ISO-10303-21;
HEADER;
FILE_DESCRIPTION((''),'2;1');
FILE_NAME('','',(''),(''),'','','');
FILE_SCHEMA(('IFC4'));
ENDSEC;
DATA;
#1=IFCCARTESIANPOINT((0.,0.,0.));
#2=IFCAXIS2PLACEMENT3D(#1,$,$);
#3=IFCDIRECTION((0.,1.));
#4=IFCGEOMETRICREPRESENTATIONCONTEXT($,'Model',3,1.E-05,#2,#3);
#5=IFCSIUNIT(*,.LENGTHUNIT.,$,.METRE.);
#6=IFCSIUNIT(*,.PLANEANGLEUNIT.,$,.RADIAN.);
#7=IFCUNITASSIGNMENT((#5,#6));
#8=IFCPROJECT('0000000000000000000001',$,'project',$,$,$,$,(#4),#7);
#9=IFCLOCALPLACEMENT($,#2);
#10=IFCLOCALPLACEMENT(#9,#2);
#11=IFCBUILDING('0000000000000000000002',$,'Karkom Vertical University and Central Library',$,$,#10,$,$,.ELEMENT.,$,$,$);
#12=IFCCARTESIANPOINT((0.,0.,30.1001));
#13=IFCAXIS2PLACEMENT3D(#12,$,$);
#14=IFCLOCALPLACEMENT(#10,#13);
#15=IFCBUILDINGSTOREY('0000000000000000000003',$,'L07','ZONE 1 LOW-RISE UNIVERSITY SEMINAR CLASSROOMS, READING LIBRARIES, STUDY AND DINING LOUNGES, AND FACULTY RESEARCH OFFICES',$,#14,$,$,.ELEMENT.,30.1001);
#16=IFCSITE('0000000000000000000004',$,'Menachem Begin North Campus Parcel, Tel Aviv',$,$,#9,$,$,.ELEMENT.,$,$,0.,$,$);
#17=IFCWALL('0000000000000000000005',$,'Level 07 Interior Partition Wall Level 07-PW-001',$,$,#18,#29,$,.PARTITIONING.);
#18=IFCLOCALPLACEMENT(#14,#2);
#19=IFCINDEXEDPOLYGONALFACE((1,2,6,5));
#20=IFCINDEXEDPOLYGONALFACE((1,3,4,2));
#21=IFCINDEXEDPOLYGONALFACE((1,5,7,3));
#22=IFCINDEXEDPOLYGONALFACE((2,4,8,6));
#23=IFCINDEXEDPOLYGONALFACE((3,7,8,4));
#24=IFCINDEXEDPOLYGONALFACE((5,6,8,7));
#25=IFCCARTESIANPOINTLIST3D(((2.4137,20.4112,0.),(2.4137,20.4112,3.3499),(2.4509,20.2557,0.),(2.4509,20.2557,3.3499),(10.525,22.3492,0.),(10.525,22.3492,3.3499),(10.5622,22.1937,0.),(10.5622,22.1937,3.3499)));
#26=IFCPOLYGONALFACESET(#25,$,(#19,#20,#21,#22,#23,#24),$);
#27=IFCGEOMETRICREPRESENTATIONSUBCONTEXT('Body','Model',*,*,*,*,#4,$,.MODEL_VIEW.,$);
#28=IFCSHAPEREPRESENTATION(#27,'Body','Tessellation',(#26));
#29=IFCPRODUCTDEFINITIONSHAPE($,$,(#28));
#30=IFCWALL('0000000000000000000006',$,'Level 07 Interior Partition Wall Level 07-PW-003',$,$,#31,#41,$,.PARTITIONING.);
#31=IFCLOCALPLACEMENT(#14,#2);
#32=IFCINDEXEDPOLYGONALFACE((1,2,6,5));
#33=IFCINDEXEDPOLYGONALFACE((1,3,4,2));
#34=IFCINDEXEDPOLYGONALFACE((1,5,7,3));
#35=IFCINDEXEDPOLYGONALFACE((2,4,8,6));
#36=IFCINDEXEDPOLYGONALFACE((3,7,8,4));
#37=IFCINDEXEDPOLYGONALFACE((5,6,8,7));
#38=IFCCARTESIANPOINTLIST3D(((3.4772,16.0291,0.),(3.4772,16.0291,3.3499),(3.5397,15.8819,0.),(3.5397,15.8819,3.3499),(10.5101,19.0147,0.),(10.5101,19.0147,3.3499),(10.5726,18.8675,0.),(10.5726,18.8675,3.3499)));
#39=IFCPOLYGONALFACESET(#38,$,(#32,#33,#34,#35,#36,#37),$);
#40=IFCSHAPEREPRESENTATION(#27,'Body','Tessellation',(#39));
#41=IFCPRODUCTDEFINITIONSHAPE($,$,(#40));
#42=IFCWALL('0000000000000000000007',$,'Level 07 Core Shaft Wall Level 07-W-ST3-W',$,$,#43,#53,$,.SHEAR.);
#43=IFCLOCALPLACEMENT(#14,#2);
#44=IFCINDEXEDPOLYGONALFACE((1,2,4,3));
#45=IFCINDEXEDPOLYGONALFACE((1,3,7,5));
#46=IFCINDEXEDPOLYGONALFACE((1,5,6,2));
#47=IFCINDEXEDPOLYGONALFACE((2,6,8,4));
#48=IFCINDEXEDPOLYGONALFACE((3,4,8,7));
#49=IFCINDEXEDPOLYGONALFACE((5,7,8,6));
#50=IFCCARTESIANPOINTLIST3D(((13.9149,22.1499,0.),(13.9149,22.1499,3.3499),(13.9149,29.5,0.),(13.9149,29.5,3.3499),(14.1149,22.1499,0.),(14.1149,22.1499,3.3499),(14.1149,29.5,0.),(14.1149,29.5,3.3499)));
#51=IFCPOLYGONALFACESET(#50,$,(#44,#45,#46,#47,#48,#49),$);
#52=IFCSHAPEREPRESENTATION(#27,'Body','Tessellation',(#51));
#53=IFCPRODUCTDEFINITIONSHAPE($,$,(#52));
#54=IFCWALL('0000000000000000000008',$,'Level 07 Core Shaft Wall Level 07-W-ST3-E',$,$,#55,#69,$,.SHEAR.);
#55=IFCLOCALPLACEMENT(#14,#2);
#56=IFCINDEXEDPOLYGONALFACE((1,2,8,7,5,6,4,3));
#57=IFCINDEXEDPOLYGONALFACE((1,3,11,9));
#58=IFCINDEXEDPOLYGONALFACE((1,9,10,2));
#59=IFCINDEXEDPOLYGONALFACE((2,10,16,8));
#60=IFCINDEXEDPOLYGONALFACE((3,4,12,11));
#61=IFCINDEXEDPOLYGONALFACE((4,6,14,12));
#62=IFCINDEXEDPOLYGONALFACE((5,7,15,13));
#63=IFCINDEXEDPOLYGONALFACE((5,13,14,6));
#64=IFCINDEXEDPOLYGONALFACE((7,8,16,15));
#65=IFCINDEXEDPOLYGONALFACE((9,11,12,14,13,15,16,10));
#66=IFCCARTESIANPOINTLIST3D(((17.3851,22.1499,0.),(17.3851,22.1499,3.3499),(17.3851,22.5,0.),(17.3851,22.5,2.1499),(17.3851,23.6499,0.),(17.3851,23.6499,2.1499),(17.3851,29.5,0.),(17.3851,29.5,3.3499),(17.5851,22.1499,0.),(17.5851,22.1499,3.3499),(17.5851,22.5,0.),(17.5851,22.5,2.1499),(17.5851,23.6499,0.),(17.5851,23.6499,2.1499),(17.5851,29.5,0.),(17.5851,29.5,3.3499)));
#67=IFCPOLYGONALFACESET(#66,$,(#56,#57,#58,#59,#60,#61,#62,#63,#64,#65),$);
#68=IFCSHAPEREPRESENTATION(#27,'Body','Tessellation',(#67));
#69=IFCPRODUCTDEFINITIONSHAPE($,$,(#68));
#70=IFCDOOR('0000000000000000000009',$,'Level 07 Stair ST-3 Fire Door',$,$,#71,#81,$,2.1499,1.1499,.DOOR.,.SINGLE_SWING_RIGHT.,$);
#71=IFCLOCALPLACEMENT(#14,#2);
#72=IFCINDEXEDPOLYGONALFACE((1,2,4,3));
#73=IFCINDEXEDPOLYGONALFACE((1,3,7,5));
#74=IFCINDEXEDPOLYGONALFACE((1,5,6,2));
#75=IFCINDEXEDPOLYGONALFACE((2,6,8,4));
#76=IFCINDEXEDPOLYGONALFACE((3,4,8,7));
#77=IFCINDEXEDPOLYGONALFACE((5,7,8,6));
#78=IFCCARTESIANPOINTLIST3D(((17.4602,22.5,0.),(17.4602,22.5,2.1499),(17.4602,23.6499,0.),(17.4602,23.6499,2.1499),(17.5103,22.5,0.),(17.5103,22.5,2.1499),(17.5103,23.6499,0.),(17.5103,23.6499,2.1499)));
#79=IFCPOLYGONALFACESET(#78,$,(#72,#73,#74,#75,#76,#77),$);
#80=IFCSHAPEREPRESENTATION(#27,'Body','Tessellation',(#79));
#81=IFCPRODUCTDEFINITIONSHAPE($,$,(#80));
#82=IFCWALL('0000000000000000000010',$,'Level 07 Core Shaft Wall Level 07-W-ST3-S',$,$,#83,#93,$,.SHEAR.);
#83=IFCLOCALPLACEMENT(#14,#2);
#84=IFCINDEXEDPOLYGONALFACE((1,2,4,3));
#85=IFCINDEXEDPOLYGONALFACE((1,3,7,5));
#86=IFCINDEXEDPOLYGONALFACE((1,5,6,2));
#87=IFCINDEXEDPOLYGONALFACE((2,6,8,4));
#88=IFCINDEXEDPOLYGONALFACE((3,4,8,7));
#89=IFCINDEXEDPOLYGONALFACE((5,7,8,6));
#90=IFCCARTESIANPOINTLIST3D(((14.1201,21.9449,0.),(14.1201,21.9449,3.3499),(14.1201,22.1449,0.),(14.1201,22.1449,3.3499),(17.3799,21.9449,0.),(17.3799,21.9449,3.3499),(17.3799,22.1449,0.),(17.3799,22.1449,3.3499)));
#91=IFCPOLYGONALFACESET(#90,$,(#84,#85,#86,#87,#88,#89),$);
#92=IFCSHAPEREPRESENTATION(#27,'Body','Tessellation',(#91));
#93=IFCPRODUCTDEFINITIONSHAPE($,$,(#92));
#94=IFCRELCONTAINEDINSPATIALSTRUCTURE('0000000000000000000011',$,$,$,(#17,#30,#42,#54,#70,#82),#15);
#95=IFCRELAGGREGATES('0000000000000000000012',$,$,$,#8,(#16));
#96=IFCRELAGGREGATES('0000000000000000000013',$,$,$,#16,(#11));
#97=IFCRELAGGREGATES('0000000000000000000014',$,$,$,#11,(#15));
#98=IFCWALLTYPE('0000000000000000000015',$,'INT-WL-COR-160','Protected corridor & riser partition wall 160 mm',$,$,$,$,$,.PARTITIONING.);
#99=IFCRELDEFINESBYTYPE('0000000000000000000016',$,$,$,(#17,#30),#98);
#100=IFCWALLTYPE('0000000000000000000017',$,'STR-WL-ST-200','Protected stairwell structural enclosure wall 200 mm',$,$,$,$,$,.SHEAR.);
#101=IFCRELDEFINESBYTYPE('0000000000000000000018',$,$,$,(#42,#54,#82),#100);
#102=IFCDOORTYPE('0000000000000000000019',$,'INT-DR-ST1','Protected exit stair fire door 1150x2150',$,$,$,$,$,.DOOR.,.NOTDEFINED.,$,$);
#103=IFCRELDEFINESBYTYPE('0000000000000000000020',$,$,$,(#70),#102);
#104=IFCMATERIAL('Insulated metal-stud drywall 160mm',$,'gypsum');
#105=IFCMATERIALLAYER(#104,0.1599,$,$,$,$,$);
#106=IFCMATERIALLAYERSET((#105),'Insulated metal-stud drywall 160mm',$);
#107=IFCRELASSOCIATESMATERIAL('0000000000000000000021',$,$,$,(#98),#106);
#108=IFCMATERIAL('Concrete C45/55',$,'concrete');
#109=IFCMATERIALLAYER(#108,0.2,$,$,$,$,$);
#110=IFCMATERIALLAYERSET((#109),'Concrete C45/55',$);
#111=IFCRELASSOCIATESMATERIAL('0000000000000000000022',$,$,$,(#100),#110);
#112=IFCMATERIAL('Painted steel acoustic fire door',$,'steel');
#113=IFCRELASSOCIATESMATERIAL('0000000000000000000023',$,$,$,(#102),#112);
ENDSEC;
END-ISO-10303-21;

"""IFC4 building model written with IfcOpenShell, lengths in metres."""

from ifc_helpers import new_model, si_unit, direction, frame, frame_2d, origin, origin_with_axes, place, context, subcontext, project, spatial, rectangle, extrude, source, transform, mapped, material, layer, layer_set, type_object, element, fill, save


model = new_model("IFC4")

# Units and contexts
model_context = context("Model", 3, precision=1e-05, world=origin(), true_north=direction((0.0, 1.0)))
body_context = subcontext(model_context, "Body", "Model", "MODEL_VIEW")
ifc_project = project(units=[si_unit("LENGTHUNIT", "METRE"), si_unit("PLANEANGLEUNIT", "RADIAN")], contexts=[model_context])

# Site, building, storey
site_placement = place(None, origin())
site = spatial("IfcSite", under=ifc_project, at=site_placement, Name="Menachem Begin North Campus Parcel, Tel Aviv", CompositionType="ELEMENT", RefElevation=0.0)
building_placement = place(site_placement, origin())
building = spatial("IfcBuilding", under=site, at=building_placement, Name="Karkom Vertical University and Central Library", CompositionType="ELEMENT")
storey_placement = place(building_placement, frame((0.0, 0.0, 30.1001)))
storey = spatial("IfcBuildingStorey", under=building, at=storey_placement, Name="L07", Description="ZONE 1 LOW-RISE UNIVERSITY SEMINAR CLASSROOMS, READING LIBRARIES, STUDY AND DINING LOUNGES, AND FACULTY RESEARCH OFFICES", CompositionType="ELEMENT", Elevation=30.1001)

# Shared definitions
ifc_material_1 = material(Name="Insulated metal-stud drywall 160mm", Category="gypsum")
ifc_layer_1 = layer(ifc_material_1, 0.1599)
ifc_layer_set_1 = layer_set([ifc_layer_1], Name="Insulated metal-stud drywall 160mm")
wall_type_1 = type_object("IfcWallType", Name="INT-WL-COR-160", Description="Protected corridor & riser partition wall 160 mm", PredefinedType="PARTITIONING", material=ifc_layer_set_1)

# Walls
wall_1_placement = place(storey_placement, frame((10.5437, 22.2715, 0.0), z_axis=(0.0, 0.0, 1.0), x_axis=(-0.972624, -0.232383, 0.0)))
element("IfcWall", 1, at=wall_1_placement, inside=storey, type_object=wall_type_1, Name="Level 07 Interior Partition Wall Level 07-PW-001", PredefinedType="PARTITIONING", context=body_context, shape_type="SweptSolid", body=[
    extrude(rectangle(XDim=8.3396, YDim=0.1599, at=frame_2d((4.1699, 0.0))), origin(), (0.0, 0.0, 1.0), 3.3499),
])
wall_2_placement = place(storey_placement, frame((10.5415, 18.9412, 0.0), z_axis=(0.0, 0.0, 1.0), x_axis=(-0.920492, -0.390762, 0.0)))
element("IfcWall", 2, at=wall_2_placement, inside=storey, type_object=wall_type_1, Name="Level 07 Interior Partition Wall Level 07-PW-003", PredefinedType="PARTITIONING", context=body_context, shape_type="SweptSolid", body=[
    extrude(rectangle(XDim=7.6404, YDim=0.1599, at=frame_2d((3.8203, 0.0))), origin(), (0.0, 0.0, 1.0), 3.3499),
])
ifc_material_2 = material(Name="Concrete C45/55", Category="concrete")
ifc_layer_2 = layer(ifc_material_2, 0.2)
ifc_layer_set_2 = layer_set([ifc_layer_2], Name="Concrete C45/55")
wall_type_2 = type_object("IfcWallType", Name="STR-WL-ST-200", Description="Protected stairwell structural enclosure wall 200 mm", PredefinedType="SHEAR", material=ifc_layer_set_2)
wall_3_placement = place(storey_placement, frame((14.0149, 22.1499, 0.0), z_axis=(0.0, 0.0, 1.0), x_axis=(0.0, 1.0, 0.0)))
element("IfcWall", 3, at=wall_3_placement, inside=storey, type_object=wall_type_2, Name="Level 07 Core Shaft Wall Level 07-W-ST3-W", PredefinedType="SHEAR", context=body_context, shape_type="SweptSolid", body=[
    extrude(rectangle(XDim=7.3501, YDim=0.2, at=frame_2d((3.675, 0.0))), origin(), (0.0, 0.0, 1.0), 3.3499),
])

# Wall, opening, door
wall_4_placement = place(storey_placement, frame((17.4851, 22.1499, 0.0), z_axis=(0.0, 0.0, 1.0), x_axis=(0.0, 1.0, 0.0)))
wall_4 = element("IfcWall", 4, at=wall_4_placement, inside=storey, type_object=wall_type_2, Name="Level 07 Core Shaft Wall Level 07-W-ST3-E", PredefinedType="SHEAR", context=body_context, shape_type="SweptSolid", body=[
    extrude(rectangle(XDim=7.3501, YDim=0.2, at=frame_2d((3.675, 0.0))), origin(), (0.0, 0.0, 1.0), 3.3499),
])
opening_1_placement = place(wall_4_placement, frame((0.3501, 0.0, 0.0)))
opening_1 = element("IfcOpeningElement", 5, at=opening_1_placement, cuts=wall_4, PredefinedType="OPENING", context=body_context, shape_type="SweptSolid", body=[
    extrude(rectangle(XDim=1.1499, YDim=2.1499, at=frame_2d((0.575, 1.075))), frame((0.0, 0.1099, 0.0), z_axis=(0.0, -1.0, 0.0), x_axis=(1.0, 0.0, 0.0)), (0.0, 0.0, 1.0), 0.22),
])
ifc_material_3 = material(Name="Painted steel acoustic fire door", Category="steel")
door_type_1 = type_object("IfcDoorType", Name="INT-DR-ST1", Description="Protected exit stair fire door 1150x2150", OperationType="NOTDEFINED", PredefinedType="DOOR", material=ifc_material_3)
shared_shape_1 = source(origin_with_axes(), body_context, "Body", "SweptSolid", [
    extrude(rectangle(XDim=1.1499, YDim=2.1499, at=frame_2d((0.575, 1.075))), frame((0.0, 0.0249, 0.0), z_axis=(0.0, -1.0, 0.0), x_axis=(1.0, 0.0, 0.0)), (0.0, 0.0, 1.0), 0.05),
])
door_1_placement = place(opening_1_placement, origin())
door_1 = element("IfcDoor", 6, at=door_1_placement, inside=storey, type_object=door_type_1, Name="Level 07 Stair ST-3 Fire Door", OperationType="SINGLE_SWING_RIGHT", OverallHeight=2.1499, OverallWidth=1.1499, PredefinedType="DOOR", context=body_context, shape_type="MappedRepresentation", body=[
    mapped(shared_shape_1, transform((0.0, 0.0, 0.0), scale=1.0)),
])
fill(opening_1, door_1)

# Wall
wall_5_placement = place(storey_placement, frame((14.1201, 22.0449, 0.0), z_axis=(0.0, 0.0, 1.0), x_axis=(1.0, 0.0, 0.0)))
element("IfcWall", 7, at=wall_5_placement, inside=storey, type_object=wall_type_2, Name="Level 07 Core Shaft Wall Level 07-W-ST3-S", PredefinedType="SHEAR", context=body_context, shape_type="SweptSolid", body=[
    extrude(rectangle(XDim=3.2598, YDim=0.2, at=frame_2d((1.6299, 0.0))), origin(), (0.0, 0.0, 1.0), 3.3499),
])

save(model, "model.ifc")
